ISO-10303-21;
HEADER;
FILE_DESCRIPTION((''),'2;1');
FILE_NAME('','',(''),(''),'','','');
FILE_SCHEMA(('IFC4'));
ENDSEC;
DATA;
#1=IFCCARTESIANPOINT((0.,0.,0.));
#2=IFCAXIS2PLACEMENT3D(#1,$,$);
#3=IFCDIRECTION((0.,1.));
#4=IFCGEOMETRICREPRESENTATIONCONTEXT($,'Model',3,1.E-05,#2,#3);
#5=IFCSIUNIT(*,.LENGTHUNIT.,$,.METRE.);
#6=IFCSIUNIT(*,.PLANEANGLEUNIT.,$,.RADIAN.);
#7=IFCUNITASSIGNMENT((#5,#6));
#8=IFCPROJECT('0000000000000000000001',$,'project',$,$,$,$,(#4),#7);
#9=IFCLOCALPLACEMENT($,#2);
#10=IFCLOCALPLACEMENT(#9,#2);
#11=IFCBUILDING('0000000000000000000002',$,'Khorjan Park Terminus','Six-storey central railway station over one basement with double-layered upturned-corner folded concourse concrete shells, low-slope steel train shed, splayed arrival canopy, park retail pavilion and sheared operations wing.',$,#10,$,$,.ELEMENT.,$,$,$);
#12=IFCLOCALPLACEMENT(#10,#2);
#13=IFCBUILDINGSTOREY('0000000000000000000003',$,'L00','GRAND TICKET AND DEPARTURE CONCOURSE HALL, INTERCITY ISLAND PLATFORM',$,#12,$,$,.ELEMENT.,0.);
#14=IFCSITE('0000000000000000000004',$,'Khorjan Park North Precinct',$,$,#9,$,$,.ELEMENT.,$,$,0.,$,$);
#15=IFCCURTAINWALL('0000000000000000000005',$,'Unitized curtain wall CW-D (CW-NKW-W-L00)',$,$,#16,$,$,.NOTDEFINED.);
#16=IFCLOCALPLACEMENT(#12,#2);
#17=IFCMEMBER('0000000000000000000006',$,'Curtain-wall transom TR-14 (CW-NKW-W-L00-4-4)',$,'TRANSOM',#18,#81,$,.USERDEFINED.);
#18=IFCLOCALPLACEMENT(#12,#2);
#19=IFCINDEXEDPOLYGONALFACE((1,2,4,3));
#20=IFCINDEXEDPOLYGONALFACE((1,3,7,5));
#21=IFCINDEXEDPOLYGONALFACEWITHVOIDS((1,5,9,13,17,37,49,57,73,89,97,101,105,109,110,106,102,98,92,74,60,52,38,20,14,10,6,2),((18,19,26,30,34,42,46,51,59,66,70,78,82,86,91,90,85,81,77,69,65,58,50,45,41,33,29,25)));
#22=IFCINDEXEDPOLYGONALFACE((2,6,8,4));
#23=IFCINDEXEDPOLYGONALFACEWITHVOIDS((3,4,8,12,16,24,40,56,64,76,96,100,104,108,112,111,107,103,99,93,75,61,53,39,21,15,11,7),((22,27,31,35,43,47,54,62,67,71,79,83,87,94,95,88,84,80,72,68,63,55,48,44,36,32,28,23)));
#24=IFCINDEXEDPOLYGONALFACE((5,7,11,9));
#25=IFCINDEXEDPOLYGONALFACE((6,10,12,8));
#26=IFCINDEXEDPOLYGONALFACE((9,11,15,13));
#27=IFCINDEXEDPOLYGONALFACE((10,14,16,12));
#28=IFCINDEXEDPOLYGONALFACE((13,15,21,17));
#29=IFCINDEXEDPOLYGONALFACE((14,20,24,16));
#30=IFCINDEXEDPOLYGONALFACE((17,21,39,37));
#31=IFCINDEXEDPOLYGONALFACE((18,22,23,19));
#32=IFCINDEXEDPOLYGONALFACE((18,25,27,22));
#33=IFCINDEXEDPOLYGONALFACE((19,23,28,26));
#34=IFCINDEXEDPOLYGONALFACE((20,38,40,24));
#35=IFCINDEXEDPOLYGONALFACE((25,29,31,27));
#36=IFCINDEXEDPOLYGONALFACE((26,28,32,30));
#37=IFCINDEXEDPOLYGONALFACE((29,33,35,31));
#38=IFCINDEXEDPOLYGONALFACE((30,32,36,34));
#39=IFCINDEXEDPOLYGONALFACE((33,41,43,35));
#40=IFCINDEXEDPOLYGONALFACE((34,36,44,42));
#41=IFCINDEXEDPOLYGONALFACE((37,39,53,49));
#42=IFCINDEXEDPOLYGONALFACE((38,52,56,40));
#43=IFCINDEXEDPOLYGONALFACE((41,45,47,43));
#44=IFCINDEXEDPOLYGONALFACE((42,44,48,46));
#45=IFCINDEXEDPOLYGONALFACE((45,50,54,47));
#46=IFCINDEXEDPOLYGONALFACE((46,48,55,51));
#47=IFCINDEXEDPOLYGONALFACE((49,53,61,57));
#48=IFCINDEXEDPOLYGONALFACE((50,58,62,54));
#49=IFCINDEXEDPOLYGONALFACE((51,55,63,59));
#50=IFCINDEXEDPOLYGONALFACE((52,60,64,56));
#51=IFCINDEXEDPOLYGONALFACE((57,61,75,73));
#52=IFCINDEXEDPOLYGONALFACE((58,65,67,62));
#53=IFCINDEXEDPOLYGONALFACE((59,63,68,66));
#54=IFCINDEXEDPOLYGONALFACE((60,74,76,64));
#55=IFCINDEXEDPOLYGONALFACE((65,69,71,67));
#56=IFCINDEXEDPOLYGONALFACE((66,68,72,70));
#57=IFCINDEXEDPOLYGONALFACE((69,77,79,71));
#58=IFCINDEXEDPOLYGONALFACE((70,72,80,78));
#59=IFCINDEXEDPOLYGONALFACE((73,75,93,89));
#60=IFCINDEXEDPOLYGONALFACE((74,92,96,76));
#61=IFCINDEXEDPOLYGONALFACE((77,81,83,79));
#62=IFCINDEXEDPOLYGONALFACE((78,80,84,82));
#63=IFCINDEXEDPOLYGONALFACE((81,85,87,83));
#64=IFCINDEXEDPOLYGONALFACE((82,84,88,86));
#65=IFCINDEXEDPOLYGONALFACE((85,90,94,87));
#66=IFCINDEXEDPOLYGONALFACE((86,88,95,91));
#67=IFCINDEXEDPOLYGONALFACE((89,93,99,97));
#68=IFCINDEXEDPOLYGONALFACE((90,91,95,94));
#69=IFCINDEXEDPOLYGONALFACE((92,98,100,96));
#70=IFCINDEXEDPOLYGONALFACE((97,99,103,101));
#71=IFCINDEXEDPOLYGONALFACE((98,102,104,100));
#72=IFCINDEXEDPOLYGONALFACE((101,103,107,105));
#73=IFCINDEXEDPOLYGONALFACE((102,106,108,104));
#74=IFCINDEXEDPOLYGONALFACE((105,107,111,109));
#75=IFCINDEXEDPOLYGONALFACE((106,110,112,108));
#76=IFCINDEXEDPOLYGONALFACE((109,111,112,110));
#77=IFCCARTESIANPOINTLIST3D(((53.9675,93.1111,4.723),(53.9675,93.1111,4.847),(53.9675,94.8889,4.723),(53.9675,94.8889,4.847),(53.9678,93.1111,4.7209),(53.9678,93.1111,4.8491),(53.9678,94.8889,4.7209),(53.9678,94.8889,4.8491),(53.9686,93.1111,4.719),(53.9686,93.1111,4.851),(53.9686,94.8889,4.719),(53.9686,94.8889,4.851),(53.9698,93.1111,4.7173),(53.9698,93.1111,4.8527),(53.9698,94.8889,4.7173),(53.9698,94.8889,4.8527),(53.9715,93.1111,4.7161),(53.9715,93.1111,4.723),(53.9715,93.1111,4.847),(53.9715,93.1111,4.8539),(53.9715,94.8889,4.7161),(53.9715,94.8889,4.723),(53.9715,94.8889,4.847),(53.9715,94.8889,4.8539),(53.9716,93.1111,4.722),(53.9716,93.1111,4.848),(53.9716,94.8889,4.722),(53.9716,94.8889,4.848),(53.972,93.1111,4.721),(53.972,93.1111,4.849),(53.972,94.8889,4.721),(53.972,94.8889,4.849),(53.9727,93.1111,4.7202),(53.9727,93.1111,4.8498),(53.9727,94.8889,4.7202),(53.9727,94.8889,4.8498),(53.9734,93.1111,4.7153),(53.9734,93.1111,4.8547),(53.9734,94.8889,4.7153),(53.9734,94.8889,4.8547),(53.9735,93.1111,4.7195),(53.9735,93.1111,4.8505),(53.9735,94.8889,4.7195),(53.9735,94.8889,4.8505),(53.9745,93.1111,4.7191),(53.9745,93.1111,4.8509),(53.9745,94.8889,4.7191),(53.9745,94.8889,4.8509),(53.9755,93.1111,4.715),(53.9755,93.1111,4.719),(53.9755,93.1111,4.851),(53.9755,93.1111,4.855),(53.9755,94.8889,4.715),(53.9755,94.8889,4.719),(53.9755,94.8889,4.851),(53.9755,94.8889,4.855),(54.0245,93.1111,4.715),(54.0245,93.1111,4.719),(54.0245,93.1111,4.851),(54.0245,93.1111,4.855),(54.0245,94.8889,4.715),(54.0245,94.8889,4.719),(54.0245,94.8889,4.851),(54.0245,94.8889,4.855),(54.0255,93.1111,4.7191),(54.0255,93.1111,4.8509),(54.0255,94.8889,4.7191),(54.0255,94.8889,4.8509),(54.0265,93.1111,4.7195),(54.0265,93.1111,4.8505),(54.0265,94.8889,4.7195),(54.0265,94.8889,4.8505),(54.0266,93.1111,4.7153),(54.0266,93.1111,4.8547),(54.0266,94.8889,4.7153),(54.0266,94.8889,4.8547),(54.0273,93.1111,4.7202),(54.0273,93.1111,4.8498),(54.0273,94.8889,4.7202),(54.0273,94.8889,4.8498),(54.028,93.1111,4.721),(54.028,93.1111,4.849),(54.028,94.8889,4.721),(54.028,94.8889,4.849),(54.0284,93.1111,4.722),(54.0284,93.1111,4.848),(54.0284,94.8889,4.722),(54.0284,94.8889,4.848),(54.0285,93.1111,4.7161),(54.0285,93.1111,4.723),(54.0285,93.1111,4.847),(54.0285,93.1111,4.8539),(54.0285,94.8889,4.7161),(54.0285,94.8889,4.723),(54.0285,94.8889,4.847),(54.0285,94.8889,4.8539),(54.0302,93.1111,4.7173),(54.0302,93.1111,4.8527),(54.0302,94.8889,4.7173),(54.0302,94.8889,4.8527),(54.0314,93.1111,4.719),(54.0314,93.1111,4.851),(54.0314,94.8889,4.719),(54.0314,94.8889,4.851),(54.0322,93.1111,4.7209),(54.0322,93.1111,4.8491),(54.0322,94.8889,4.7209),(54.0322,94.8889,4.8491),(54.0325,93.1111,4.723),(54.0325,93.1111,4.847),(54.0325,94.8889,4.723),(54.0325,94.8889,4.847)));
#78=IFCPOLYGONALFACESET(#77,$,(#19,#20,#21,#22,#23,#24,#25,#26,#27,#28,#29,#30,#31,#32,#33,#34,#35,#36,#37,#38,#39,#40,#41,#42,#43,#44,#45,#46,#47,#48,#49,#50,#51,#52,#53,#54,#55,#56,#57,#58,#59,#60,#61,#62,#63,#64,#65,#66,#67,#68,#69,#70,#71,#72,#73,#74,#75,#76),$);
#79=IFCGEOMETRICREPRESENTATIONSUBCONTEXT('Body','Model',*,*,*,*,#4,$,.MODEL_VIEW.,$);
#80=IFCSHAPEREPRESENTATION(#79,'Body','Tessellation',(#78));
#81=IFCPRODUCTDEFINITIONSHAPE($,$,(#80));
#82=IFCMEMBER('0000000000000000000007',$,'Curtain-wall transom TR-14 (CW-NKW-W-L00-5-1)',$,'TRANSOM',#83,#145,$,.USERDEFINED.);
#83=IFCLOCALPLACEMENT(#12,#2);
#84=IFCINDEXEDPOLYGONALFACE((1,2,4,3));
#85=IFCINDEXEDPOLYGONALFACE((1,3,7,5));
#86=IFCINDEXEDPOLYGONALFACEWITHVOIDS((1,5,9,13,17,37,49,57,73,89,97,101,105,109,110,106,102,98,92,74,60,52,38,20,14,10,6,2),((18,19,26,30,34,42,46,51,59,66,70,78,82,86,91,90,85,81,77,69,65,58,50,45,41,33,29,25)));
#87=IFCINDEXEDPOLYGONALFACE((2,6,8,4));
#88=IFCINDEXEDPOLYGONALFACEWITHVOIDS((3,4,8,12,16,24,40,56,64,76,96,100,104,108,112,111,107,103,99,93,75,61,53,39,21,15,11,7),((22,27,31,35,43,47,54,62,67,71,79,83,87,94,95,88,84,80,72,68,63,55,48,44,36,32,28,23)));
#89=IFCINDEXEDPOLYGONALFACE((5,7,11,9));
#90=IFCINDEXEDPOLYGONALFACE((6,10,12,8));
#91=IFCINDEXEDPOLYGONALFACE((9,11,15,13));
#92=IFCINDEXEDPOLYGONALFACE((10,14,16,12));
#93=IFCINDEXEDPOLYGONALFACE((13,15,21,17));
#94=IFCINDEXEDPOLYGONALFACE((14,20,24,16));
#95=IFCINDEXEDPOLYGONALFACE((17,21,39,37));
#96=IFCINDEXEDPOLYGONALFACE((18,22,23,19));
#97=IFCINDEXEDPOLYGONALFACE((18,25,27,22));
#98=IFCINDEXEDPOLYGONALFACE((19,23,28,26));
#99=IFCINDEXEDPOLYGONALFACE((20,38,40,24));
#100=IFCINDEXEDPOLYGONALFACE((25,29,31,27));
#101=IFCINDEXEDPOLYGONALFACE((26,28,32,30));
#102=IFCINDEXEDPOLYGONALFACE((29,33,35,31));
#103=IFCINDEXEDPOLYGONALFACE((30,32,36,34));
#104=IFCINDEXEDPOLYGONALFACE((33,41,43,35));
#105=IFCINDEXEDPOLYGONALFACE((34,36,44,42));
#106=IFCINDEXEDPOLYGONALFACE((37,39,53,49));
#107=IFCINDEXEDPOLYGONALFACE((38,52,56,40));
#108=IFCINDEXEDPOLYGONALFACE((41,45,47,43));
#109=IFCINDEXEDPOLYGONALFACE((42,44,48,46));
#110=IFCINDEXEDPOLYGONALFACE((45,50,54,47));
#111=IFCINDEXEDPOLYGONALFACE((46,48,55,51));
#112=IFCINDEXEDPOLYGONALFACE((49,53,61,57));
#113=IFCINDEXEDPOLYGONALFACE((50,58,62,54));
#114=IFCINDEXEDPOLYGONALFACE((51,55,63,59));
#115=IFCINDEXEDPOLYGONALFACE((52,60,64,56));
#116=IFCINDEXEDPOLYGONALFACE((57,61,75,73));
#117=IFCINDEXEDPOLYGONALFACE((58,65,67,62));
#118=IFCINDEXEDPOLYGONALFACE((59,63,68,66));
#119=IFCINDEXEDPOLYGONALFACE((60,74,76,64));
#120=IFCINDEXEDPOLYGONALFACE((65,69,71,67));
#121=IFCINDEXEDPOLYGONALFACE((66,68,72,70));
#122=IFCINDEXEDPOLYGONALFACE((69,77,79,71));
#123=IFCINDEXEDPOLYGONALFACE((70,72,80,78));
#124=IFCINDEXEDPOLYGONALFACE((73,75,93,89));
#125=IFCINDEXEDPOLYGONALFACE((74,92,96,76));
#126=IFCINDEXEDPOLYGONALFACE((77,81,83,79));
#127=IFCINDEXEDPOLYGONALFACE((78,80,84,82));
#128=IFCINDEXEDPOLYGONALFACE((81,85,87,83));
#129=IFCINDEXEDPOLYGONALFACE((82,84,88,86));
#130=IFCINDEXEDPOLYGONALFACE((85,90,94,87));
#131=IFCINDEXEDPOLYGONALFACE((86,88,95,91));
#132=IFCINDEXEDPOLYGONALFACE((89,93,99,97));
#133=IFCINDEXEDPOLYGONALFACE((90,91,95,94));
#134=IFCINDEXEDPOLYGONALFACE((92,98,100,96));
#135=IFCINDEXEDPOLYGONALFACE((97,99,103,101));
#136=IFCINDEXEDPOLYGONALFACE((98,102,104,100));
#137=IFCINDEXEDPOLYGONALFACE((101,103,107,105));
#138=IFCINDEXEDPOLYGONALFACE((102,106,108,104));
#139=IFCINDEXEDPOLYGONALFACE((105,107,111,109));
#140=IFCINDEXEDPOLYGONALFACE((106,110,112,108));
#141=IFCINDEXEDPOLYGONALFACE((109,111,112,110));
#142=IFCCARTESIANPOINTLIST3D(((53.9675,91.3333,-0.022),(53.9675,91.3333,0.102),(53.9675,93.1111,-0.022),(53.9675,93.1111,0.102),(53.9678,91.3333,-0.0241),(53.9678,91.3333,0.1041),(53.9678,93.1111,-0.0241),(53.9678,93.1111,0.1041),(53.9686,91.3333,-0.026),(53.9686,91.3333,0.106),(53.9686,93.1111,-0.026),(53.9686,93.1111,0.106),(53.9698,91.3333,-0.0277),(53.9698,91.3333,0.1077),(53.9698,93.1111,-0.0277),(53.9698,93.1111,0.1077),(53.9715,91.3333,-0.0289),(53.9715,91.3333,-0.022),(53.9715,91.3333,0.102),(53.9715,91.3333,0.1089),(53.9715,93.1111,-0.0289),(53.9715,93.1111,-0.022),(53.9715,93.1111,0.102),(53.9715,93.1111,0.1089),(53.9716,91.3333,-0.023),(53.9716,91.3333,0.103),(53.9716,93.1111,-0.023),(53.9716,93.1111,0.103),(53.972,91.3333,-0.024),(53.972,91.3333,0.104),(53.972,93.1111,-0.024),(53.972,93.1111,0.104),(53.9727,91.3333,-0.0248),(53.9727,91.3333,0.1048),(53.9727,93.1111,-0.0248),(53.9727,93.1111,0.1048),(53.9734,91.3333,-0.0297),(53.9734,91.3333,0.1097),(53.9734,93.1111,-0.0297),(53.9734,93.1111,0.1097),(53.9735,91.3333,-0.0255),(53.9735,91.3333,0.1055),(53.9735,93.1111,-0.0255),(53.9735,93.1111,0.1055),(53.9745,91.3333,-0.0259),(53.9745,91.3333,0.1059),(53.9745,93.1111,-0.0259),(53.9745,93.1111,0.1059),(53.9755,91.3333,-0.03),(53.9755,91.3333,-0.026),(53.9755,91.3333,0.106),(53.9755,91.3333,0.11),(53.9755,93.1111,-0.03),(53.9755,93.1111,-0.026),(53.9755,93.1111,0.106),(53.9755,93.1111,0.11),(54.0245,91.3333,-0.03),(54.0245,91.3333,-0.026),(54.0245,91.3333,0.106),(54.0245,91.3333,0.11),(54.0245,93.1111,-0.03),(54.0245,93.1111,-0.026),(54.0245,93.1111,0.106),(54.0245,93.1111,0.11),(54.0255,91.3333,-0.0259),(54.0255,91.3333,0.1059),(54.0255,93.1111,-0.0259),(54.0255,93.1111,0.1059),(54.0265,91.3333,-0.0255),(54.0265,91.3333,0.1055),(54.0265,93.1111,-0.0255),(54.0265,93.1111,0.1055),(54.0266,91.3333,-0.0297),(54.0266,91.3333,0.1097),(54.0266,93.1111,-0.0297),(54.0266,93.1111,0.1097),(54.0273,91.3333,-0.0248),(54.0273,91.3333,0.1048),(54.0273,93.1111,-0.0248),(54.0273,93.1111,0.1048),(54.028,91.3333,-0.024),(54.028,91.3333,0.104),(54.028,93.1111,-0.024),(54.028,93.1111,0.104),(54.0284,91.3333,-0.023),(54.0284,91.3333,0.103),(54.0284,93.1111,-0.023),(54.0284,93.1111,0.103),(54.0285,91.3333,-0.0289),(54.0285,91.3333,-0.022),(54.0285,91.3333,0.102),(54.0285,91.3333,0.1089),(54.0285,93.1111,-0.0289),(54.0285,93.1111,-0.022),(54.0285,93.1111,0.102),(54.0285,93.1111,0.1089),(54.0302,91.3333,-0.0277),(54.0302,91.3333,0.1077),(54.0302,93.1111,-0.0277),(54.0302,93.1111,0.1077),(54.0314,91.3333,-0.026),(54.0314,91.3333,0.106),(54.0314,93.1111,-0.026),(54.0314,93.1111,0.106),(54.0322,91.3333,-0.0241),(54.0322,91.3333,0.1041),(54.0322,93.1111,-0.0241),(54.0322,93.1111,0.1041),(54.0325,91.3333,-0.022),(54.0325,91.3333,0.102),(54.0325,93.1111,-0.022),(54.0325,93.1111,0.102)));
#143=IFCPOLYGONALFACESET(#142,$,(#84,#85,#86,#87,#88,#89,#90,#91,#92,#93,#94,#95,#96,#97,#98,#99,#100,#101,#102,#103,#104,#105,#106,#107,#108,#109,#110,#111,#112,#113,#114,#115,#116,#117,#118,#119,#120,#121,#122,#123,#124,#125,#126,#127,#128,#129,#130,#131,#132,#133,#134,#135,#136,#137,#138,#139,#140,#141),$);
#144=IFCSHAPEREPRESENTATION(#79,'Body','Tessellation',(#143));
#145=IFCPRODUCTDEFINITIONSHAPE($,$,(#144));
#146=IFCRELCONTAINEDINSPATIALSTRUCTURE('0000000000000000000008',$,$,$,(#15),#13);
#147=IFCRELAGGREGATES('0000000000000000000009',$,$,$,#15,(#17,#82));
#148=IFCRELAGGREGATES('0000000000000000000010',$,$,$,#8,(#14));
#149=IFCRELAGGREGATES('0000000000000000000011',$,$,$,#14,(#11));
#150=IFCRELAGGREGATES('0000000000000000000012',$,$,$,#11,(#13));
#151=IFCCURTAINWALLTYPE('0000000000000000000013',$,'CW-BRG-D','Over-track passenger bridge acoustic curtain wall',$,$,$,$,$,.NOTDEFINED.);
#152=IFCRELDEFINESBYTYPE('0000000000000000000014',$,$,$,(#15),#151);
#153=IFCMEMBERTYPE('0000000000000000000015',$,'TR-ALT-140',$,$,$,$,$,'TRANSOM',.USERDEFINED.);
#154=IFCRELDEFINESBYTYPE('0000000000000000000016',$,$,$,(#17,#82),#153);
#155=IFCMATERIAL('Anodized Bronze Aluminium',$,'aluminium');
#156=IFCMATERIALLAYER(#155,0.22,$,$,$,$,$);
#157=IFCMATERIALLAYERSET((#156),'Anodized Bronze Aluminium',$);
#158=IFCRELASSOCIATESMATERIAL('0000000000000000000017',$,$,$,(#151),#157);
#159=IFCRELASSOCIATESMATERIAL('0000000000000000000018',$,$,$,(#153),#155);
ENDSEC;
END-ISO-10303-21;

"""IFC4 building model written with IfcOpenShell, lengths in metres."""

from ifc_helpers import new_model, si_unit, direction, frame, origin, origin_2d, place, context, subcontext, project, spatial, hollow_rectangle, extrude, material, layer, layer_set, material_profile, profile_set, type_object, element, aggregate, save


model = new_model("IFC4")

# Units and contexts
model_context = context("Model", 3, precision=1e-05, world=origin(), true_north=direction((0.0, 1.0)))
body_context = subcontext(model_context, "Body", "Model", "MODEL_VIEW")
ifc_project = project(units=[si_unit("LENGTHUNIT", "METRE"), si_unit("PLANEANGLEUNIT", "RADIAN")], contexts=[model_context])

# Site, building, storey
site_placement = place(None, origin())
site = spatial("IfcSite", under=ifc_project, at=site_placement, Name="Khorjan Park North Precinct", CompositionType="ELEMENT", RefElevation=0.0)
building_placement = place(site_placement, origin())
building = spatial("IfcBuilding", under=site, at=building_placement, Name="Khorjan Park Terminus", Description="Six-storey central railway station over one basement with double-layered upturned-corner folded concourse concrete shells, low-slope steel train shed, splayed arrival canopy, park retail pavilion and sheared operations wing.", CompositionType="ELEMENT")
storey_placement = place(building_placement, origin())
storey = spatial("IfcBuildingStorey", under=building, at=storey_placement, Name="L00", Description="GRAND TICKET AND DEPARTURE CONCOURSE HALL, INTERCITY ISLAND PLATFORM", CompositionType="ELEMENT", Elevation=0.0)

# Curtain wall, members
ifc_material_1 = material(Name="Anodized Bronze Aluminium", Category="aluminium")
ifc_layer_1 = layer(ifc_material_1, 0.22)
ifc_layer_set_1 = layer_set([ifc_layer_1], Name="Anodized Bronze Aluminium")
curtain_wall_type = type_object("IfcCurtainWallType", Name="CW-BRG-D", Description="Over-track passenger bridge acoustic curtain wall", PredefinedType="NOTDEFINED", material=ifc_layer_set_1)
curtain_wall_placement = place(storey_placement, origin())
curtain_wall = element("IfcCurtainWall", 1, at=curtain_wall_placement, inside=storey, type_object=curtain_wall_type, Name="Unitized curtain wall CW-D (CW-NKW-W-L00)", PredefinedType="NOTDEFINED")
ifc_material_profile_1 = material_profile(ifc_material_1, hollow_rectangle(XDim=0.065, YDim=0.14, WallThickness=0.004, InnerFilletRadius=0.004, OuterFilletRadius=0.008, at=origin_2d()), Name="ALT 65x140x4")
ifc_profile_set_1 = profile_set([ifc_material_profile_1], Name="Anodized Bronze Aluminium")
member_type_1 = type_object("IfcMemberType", Name="TR-ALT-140", ElementType="TRANSOM", PredefinedType="USERDEFINED", material=ifc_profile_set_1)
member_1_placement = place(storey_placement, frame((54.0, 94.8889, 4.785), z_axis=(0.0, -1.0, 0.0), x_axis=(1.0, 0.0, 0.0)))
member_1 = element("IfcMember", 2, at=member_1_placement, type_object=member_type_1, Name="Curtain-wall transom TR-14 (CW-NKW-W-L00-4-4)", ObjectType="TRANSOM", PredefinedType="USERDEFINED", context=body_context, shape_type="SweptSolid", body=[
    extrude(hollow_rectangle(XDim=0.065, YDim=0.14, WallThickness=0.004, InnerFilletRadius=0.004, OuterFilletRadius=0.008, at=origin_2d()), origin(), (0.0, 0.0, 1.0), 1.7778),
])
member_2_placement = place(storey_placement, frame((54.0, 93.1111, 0.04), z_axis=(0.0, -1.0, 0.0), x_axis=(1.0, 0.0, 0.0)))
member_2 = element("IfcMember", 3, at=member_2_placement, type_object=member_type_1, Name="Curtain-wall transom TR-14 (CW-NKW-W-L00-5-1)", ObjectType="TRANSOM", PredefinedType="USERDEFINED", context=body_context, shape_type="SweptSolid", body=[
    extrude(hollow_rectangle(XDim=0.065, YDim=0.14, WallThickness=0.004, InnerFilletRadius=0.004, OuterFilletRadius=0.008, at=origin_2d()), origin(), (0.0, 0.0, 1.0), 1.7778),
])
aggregate(curtain_wall, [member_1, member_2])

save(model, "model.ifc")
